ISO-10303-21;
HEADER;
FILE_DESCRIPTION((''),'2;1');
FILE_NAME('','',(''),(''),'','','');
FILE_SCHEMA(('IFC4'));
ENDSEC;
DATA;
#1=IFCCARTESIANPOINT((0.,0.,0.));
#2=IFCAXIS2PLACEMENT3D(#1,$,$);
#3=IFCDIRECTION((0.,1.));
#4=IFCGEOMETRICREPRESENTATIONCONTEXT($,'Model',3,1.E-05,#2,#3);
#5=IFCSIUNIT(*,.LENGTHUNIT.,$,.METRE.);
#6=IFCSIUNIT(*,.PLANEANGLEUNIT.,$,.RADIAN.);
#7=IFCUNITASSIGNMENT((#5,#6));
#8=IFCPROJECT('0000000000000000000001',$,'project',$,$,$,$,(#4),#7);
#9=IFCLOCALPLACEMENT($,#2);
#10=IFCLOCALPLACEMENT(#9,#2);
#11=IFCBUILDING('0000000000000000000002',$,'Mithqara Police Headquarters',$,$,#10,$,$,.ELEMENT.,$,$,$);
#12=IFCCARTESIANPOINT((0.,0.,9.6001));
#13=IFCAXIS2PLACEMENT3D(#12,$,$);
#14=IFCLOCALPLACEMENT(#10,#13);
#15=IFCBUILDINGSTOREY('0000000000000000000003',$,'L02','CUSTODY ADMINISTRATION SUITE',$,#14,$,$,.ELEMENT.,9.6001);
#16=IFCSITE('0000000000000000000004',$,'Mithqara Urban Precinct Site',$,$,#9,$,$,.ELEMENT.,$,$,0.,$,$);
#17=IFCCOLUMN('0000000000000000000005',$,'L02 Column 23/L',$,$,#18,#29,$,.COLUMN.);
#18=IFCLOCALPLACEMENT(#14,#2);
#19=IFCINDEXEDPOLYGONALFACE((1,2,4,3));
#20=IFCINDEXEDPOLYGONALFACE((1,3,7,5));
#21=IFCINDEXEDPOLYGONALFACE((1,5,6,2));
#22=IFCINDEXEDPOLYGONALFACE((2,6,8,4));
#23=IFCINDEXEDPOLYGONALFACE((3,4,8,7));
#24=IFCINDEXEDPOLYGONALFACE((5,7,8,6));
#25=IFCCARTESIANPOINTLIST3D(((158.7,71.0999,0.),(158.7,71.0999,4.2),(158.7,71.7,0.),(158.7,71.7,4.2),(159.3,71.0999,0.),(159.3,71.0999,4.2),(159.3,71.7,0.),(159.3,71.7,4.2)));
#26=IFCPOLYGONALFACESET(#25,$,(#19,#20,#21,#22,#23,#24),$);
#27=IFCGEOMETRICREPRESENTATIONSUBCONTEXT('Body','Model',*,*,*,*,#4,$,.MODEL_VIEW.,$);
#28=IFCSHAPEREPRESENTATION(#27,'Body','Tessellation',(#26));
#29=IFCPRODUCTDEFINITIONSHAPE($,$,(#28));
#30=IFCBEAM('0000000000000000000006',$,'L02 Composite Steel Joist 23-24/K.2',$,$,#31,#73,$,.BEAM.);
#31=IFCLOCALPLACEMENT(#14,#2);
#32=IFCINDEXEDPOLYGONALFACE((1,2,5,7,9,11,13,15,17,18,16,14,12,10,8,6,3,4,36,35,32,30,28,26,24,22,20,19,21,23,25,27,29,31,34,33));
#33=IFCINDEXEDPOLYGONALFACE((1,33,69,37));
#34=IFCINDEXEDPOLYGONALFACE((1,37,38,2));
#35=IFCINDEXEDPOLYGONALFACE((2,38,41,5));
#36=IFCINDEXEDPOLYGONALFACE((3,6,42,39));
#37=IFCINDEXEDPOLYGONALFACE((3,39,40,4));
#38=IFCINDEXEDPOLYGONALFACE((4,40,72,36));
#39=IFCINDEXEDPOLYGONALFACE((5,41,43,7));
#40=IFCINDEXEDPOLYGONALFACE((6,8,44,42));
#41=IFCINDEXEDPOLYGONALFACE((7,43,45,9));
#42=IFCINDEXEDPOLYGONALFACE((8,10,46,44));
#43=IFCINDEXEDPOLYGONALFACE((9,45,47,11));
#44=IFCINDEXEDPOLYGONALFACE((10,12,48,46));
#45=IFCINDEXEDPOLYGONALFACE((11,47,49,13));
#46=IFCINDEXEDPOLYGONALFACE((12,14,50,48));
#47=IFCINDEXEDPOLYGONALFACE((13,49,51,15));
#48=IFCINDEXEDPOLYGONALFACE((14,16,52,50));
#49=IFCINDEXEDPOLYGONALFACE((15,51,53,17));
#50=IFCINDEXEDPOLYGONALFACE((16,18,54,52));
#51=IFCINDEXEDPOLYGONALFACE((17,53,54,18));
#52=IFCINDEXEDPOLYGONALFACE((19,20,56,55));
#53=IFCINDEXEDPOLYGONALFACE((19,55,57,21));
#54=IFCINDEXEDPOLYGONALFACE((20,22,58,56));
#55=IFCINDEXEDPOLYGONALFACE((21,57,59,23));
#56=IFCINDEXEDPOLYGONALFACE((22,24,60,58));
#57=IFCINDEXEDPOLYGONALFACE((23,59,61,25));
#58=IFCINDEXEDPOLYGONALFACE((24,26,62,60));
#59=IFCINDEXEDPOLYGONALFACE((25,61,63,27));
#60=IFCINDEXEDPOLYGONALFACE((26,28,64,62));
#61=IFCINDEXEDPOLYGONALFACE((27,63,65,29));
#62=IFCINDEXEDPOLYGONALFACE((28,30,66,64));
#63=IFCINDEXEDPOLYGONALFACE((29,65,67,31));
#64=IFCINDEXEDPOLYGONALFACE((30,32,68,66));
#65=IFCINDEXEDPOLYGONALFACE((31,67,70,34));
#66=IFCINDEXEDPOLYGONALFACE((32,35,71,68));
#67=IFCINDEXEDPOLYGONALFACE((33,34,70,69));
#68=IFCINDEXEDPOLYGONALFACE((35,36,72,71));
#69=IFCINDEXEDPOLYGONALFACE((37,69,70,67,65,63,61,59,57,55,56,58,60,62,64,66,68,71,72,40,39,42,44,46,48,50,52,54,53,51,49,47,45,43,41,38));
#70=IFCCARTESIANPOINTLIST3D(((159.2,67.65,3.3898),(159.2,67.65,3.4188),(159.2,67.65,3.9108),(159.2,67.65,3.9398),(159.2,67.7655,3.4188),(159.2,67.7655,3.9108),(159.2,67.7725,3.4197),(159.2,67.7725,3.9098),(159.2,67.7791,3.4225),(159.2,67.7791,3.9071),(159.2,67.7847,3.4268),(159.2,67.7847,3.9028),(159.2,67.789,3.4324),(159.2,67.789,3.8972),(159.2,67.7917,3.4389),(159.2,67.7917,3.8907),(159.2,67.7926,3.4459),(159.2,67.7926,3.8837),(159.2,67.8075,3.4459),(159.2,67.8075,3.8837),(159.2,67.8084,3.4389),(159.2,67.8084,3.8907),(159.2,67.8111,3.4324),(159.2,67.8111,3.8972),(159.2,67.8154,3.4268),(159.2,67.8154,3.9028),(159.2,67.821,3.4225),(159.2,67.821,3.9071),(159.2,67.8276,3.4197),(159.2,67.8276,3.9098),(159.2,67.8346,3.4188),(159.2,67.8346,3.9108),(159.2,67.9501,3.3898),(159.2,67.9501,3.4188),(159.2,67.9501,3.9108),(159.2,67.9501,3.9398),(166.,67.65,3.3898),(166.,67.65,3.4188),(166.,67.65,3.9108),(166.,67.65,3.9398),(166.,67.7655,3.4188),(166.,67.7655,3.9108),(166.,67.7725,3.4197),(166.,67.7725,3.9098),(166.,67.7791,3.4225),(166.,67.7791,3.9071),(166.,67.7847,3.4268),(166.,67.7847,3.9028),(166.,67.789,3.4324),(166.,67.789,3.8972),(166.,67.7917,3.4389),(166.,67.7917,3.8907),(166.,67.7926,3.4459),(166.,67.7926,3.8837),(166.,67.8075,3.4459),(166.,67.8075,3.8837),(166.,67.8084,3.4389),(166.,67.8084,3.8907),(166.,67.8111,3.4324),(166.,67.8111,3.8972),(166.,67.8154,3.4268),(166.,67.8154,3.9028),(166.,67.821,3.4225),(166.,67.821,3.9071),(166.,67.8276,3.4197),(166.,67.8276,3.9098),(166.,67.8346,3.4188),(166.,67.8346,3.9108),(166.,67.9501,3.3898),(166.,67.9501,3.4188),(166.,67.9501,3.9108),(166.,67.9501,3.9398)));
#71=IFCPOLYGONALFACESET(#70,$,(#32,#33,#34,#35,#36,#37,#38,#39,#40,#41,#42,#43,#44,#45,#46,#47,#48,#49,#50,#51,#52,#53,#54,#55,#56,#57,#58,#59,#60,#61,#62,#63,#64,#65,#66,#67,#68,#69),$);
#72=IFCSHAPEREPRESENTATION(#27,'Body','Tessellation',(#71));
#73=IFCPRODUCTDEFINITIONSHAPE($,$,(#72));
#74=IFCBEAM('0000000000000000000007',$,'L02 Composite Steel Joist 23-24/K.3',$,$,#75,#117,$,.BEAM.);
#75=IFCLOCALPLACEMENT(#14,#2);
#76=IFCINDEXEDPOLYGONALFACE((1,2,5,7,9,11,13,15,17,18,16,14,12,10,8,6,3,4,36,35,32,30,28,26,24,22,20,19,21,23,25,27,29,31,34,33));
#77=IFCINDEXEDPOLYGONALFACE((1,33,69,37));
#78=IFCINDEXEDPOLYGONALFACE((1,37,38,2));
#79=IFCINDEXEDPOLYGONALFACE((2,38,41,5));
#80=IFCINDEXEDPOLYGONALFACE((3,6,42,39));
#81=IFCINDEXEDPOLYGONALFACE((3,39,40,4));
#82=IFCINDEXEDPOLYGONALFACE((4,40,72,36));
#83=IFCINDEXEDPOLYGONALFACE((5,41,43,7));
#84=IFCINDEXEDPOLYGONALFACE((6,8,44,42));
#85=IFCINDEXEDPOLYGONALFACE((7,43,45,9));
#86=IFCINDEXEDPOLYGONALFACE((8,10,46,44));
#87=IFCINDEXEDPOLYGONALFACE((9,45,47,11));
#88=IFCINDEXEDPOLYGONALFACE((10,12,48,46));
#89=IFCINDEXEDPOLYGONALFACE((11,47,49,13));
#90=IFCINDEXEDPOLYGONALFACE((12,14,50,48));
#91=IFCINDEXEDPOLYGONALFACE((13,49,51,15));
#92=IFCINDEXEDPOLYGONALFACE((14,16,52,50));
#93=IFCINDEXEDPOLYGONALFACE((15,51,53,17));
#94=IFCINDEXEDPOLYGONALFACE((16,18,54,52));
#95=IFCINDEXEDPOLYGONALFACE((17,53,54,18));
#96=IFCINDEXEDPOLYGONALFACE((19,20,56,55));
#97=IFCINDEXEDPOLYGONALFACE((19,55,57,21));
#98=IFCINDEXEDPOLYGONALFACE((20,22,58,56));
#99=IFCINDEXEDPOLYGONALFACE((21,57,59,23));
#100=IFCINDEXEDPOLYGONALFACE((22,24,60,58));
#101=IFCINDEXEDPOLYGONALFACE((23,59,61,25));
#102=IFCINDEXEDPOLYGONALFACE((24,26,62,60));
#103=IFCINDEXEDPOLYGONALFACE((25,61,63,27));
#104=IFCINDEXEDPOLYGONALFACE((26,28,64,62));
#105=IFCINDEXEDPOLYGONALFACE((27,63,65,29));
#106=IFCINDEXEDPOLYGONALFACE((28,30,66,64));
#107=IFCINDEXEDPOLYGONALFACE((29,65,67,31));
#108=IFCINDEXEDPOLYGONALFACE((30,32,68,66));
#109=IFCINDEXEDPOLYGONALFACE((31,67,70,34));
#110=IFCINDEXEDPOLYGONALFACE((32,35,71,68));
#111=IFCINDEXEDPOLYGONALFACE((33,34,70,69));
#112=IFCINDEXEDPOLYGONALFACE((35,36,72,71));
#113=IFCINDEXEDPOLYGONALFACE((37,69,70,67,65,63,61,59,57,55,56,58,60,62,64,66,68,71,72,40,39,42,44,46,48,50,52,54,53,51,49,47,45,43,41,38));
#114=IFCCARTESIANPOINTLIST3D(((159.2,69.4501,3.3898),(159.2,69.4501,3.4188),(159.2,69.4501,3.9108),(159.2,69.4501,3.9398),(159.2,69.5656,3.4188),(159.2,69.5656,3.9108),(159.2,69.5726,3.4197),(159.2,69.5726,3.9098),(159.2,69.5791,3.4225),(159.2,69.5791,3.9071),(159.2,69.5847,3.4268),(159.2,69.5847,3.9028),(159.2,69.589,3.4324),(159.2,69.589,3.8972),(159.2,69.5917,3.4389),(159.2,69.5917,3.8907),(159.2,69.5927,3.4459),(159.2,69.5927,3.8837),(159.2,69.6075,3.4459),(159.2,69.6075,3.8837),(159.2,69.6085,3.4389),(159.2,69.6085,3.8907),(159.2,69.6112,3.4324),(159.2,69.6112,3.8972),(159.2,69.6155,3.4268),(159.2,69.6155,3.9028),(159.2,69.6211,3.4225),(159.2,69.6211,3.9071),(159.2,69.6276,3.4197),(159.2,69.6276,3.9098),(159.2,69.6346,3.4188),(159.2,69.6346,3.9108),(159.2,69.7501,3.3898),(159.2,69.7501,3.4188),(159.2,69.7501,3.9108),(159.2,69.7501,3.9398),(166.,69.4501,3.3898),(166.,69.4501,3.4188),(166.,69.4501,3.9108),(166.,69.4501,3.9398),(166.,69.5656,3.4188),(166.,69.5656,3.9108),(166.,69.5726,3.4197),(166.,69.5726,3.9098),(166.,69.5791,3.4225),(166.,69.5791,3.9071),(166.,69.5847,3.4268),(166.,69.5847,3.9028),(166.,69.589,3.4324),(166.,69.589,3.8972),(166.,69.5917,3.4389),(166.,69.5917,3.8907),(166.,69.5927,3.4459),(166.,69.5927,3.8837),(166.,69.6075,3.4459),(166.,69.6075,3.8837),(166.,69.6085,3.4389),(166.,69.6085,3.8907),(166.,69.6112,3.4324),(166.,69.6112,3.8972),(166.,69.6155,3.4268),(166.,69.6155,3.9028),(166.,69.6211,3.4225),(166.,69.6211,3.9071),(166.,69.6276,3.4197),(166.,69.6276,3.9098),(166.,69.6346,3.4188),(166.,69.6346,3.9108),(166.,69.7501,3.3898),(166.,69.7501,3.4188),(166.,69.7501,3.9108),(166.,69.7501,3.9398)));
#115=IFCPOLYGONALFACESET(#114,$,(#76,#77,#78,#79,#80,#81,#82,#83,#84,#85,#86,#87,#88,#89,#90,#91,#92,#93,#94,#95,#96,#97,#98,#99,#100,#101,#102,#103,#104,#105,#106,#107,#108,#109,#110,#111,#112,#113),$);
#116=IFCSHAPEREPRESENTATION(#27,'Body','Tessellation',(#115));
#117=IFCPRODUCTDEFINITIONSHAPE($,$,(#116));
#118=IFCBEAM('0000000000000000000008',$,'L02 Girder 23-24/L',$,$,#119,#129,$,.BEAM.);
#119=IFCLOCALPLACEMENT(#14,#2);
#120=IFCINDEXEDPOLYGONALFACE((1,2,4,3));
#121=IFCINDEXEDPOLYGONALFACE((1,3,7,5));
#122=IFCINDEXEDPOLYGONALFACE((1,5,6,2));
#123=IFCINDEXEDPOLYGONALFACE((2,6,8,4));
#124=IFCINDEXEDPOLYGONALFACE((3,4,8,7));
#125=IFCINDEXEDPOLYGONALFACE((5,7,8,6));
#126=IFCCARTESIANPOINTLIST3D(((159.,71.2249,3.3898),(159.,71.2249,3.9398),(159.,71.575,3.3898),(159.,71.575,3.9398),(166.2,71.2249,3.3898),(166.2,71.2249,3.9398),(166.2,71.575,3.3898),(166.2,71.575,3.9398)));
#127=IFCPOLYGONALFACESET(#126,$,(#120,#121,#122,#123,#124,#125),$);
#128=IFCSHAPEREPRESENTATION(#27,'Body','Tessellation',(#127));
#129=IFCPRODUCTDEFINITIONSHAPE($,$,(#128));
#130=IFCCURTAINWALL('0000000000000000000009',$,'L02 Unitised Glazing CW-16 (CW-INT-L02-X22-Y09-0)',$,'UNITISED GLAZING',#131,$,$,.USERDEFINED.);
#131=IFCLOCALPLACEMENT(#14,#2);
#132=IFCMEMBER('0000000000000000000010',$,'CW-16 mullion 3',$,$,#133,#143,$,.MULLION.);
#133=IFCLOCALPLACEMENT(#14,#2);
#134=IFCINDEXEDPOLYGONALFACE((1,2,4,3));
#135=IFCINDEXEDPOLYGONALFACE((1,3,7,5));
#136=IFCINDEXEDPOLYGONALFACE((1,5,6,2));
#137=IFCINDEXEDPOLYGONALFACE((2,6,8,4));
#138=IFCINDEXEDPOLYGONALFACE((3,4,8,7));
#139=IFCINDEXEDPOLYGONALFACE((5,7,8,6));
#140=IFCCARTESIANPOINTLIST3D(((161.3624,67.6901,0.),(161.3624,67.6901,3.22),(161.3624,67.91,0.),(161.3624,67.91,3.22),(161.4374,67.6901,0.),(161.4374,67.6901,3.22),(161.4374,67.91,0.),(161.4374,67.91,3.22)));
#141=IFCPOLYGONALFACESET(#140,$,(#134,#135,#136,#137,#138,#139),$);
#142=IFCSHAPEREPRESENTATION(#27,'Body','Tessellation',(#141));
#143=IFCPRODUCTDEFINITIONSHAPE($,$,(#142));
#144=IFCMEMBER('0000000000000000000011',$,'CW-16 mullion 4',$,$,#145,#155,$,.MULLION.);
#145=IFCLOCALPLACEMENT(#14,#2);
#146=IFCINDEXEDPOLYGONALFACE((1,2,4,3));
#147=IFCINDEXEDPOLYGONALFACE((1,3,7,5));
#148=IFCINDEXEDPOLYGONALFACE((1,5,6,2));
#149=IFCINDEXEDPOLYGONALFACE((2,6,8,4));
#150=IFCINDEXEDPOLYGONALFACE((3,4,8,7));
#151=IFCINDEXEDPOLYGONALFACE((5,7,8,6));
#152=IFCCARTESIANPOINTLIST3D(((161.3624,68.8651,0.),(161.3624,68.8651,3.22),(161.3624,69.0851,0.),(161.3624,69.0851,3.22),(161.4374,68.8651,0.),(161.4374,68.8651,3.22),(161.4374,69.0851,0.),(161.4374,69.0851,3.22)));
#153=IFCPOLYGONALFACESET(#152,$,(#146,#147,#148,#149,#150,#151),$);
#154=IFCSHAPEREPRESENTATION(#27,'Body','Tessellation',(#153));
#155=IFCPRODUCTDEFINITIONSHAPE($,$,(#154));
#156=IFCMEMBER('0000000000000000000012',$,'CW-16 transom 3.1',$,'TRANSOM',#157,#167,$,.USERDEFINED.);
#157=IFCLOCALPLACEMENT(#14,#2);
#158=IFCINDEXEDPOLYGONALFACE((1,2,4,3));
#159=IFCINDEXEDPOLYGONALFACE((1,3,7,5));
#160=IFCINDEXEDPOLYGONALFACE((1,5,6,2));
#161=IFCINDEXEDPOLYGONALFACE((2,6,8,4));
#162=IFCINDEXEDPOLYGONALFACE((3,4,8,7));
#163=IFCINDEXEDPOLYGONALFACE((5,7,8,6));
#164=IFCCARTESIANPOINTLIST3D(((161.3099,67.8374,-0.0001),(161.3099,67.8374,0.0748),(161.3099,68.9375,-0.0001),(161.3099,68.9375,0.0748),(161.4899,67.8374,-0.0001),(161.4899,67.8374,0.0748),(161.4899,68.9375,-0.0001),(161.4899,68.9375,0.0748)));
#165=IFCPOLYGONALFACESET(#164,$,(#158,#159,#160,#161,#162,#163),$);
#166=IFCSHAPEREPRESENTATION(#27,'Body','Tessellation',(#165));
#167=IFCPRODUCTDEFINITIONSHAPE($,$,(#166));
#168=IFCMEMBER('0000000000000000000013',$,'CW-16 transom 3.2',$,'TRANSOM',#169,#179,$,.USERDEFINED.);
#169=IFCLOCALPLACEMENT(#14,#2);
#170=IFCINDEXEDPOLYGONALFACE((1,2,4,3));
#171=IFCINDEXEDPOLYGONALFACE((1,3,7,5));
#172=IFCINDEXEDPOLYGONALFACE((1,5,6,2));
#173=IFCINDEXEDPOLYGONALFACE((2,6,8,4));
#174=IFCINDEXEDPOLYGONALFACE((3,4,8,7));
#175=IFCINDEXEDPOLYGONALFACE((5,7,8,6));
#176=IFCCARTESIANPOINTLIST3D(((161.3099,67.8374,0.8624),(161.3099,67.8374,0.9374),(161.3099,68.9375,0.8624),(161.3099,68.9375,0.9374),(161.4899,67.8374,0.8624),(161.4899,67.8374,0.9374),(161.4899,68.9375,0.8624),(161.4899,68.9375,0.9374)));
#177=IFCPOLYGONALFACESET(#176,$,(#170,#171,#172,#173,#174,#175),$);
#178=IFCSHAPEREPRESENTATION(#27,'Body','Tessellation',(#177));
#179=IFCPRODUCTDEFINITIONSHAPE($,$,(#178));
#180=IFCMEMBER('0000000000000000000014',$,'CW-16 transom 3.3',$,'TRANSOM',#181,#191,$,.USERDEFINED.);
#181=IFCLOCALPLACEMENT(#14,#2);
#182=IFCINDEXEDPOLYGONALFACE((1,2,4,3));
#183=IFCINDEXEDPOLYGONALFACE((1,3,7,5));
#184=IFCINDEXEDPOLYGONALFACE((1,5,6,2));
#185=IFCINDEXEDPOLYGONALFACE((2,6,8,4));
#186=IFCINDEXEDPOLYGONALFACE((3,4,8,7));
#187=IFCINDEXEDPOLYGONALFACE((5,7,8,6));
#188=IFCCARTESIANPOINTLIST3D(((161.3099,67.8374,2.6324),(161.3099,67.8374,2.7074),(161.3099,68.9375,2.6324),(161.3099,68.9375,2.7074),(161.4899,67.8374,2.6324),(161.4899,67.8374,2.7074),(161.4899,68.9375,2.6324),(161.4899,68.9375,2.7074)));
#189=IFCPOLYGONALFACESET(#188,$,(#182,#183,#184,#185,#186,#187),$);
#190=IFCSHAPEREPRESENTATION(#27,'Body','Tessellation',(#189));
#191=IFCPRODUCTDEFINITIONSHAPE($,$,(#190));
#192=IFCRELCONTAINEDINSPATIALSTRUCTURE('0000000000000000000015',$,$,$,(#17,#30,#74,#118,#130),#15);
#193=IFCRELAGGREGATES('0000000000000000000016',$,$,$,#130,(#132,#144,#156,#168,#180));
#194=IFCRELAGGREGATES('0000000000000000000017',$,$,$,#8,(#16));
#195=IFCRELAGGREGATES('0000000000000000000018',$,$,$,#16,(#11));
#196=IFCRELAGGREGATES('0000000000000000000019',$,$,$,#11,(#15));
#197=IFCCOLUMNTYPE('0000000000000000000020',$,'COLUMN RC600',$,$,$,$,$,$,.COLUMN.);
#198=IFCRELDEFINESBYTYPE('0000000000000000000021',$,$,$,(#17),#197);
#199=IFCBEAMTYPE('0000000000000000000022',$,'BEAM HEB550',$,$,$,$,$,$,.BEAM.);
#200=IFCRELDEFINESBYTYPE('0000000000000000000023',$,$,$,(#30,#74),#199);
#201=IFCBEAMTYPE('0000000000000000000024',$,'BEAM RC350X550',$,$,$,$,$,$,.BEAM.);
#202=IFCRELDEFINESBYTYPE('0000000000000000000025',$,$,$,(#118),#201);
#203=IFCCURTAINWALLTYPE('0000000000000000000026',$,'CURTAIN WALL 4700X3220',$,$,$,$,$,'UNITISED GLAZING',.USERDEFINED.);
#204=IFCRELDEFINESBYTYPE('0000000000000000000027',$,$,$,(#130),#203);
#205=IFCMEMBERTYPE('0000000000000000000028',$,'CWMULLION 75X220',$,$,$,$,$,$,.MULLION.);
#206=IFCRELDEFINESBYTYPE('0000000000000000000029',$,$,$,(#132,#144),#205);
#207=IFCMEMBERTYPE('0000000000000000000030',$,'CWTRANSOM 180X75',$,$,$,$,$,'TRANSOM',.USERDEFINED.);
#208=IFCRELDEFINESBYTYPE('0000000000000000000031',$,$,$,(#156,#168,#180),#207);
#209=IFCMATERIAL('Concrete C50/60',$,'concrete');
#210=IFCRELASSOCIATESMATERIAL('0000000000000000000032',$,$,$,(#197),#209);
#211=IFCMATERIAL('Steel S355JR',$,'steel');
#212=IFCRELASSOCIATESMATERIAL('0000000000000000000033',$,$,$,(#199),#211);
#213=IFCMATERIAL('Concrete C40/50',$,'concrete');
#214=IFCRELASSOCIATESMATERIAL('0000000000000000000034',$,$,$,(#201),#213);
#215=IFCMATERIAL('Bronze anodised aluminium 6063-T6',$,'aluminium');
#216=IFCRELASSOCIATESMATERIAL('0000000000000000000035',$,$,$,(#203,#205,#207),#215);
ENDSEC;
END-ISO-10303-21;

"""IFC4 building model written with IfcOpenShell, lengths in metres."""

from ifc_helpers import new_model, si_unit, direction, frame, origin, origin_2d, place, context, subcontext, project, spatial, rectangle, i_section, extrude, material, material_profile, profile_set, type_object, element, aggregate, save


model = new_model("IFC4")

# Units and contexts
model_context = context("Model", 3, precision=1e-05, world=origin(), true_north=direction((0.0, 1.0)))
body_context = subcontext(model_context, "Body", "Model", "MODEL_VIEW")
ifc_project = project(units=[si_unit("LENGTHUNIT", "METRE"), si_unit("PLANEANGLEUNIT", "RADIAN")], contexts=[model_context])

# Site, building, storey
site_placement = place(None, origin())
site = spatial("IfcSite", under=ifc_project, at=site_placement, Name="Mithqara Urban Precinct Site", CompositionType="ELEMENT", RefElevation=0.0)
building_placement = place(site_placement, origin())
building = spatial("IfcBuilding", under=site, at=building_placement, Name="Mithqara Police Headquarters", CompositionType="ELEMENT")
storey_placement = place(building_placement, frame((0.0, 0.0, 9.6001)))
storey = spatial("IfcBuildingStorey", under=building, at=storey_placement, Name="L02", Description="CUSTODY ADMINISTRATION SUITE", CompositionType="ELEMENT", Elevation=9.6001)

# Column
ifc_material_1 = material(Name="Concrete C50/60", Category="concrete")
ifc_material_profile_1 = material_profile(ifc_material_1, rectangle(XDim=0.6001, YDim=0.6001, at=origin_2d()), Name="RC 600x600")
ifc_profile_set_1 = profile_set([ifc_material_profile_1], Name="Concrete C50/60")
column_type = type_object("IfcColumnType", Name="COLUMN RC600", PredefinedType="COLUMN", material=ifc_profile_set_1)
column_placement = place(storey_placement, frame((159.0, 71.3999, 0.0), z_axis=(0.0, 0.0, 1.0), x_axis=(1.0, 0.0, 0.0)))
element("IfcColumn", 1, at=column_placement, inside=storey, type_object=column_type, Name="L02 Column 23/L", PredefinedType="COLUMN", context=body_context, shape_type="SweptSolid", body=[
    extrude(rectangle(XDim=0.6001, YDim=0.6001, at=origin_2d()), origin(), (0.0, 0.0, 1.0), 4.2),
])

# Beams
ifc_material_2 = material(Name="Steel S355JR", Category="steel")
ifc_material_profile_2 = material_profile(ifc_material_2, i_section(OverallWidth=0.3, OverallDepth=0.55, WebThickness=0.0149, FlangeThickness=0.0291, FilletRadius=0.0271, at=origin_2d()), Name="HEB 550")
ifc_profile_set_2 = profile_set([ifc_material_profile_2], Name="Steel S355JR")
beam_type_1 = type_object("IfcBeamType", Name="BEAM HEB550", PredefinedType="BEAM", material=ifc_profile_set_2)
for number, where, z_axis, x_axis, name in (
    (2, (159.2, 67.8, 3.6648), (1.0, 0.0, 0.0), (0.0, 1.0, 0.0), "L02 Composite Steel Joist 23-24/K.2"),
    (3, (159.2, 69.6001, 3.6648), (1.0, 0.0, 0.0), (0.0, 1.0, 0.0), "L02 Composite Steel Joist 23-24/K.3"),
):
    element("IfcBeam", number, at=place(storey_placement, frame(where, z_axis=z_axis, x_axis=x_axis)), inside=storey, type_object=beam_type_1, Name=name, PredefinedType="BEAM", context=body_context, shape_type="SweptSolid", body=[
        extrude(i_section(OverallWidth=0.3, OverallDepth=0.55, WebThickness=0.0149, FlangeThickness=0.0291, FilletRadius=0.0271, at=origin_2d()), origin(), (0.0, 0.0, 1.0), 6.8),
    ])
ifc_material_3 = material(Name="Concrete C40/50", Category="concrete")
ifc_material_profile_3 = material_profile(ifc_material_3, rectangle(XDim=0.3501, YDim=0.55, at=origin_2d()), Name="RC 350x550")
ifc_profile_set_3 = profile_set([ifc_material_profile_3], Name="Concrete C40/50")
beam_type_2 = type_object("IfcBeamType", Name="BEAM RC350X550", PredefinedType="BEAM", material=ifc_profile_set_3)
beam_placement = place(storey_placement, frame((159.0, 71.3999, 3.6648), z_axis=(1.0, 0.0, 0.0), x_axis=(0.0, 1.0, 0.0)))
element("IfcBeam", 4, at=beam_placement, inside=storey, type_object=beam_type_2, Name="L02 Girder 23-24/L", PredefinedType="BEAM", context=body_context, shape_type="SweptSolid", body=[
    extrude(rectangle(XDim=0.3501, YDim=0.55, at=origin_2d()), origin(), (0.0, 0.0, 1.0), 7.2),
])

# Curtain wall, members
ifc_material_4 = material(Name="Bronze anodised aluminium 6063-T6", Category="aluminium")
curtain_wall_type = type_object("IfcCurtainWallType", Name="CURTAIN WALL 4700X3220", ElementType="UNITISED GLAZING", PredefinedType="USERDEFINED", material=ifc_material_4)
curtain_wall_placement = place(storey_placement, origin())
curtain_wall = element("IfcCurtainWall", 5, at=curtain_wall_placement, inside=storey, type_object=curtain_wall_type, Name="L02 Unitised Glazing CW-16 (CW-INT-L02-X22-Y09-0)", ObjectType="UNITISED GLAZING", PredefinedType="USERDEFINED")
ifc_material_profile_4 = material_profile(ifc_material_4, rectangle(XDim=0.075, YDim=0.22, at=origin_2d()), Name="CWM 75x220")
ifc_profile_set_4 = profile_set([ifc_material_profile_4], Name="Bronze anodised aluminium 6063-T6")
member_type_1 = type_object("IfcMemberType", Name="CWMULLION 75X220", PredefinedType="MULLION", material=ifc_profile_set_4)
member_1_placement = place(storey_placement, frame((161.3999, 67.8, 0.0), z_axis=(0.0, 0.0, 1.0), x_axis=(-1.0, 0.0, 0.0)))
member_1 = element("IfcMember", 6, at=member_1_placement, type_object=member_type_1, Name="CW-16 mullion 3", PredefinedType="MULLION", context=body_context, shape_type="SweptSolid", body=[
    extrude(rectangle(XDim=0.075, YDim=0.22, at=origin_2d()), origin(), (0.0, 0.0, 1.0), 3.22),
])
member_2_placement = place(storey_placement, frame((161.3999, 68.9751, 0.0), z_axis=(0.0, 0.0, 1.0), x_axis=(-1.0, 0.0, 0.0)))
member_2 = element("IfcMember", 7, at=member_2_placement, type_object=member_type_1, Name="CW-16 mullion 4", PredefinedType="MULLION", context=body_context, shape_type="SweptSolid", body=[
    extrude(rectangle(XDim=0.075, YDim=0.22, at=origin_2d()), origin(), (0.0, 0.0, 1.0), 3.22),
])
ifc_material_profile_5 = material_profile(ifc_material_4, rectangle(XDim=0.1799, YDim=0.075, at=origin_2d()), Name="CWT 180x75")
ifc_profile_set_5 = profile_set([ifc_material_profile_5], Name="Bronze anodised aluminium 6063-T6")
member_type_2 = type_object("IfcMemberType", Name="CWTRANSOM 180X75", ElementType="TRANSOM", PredefinedType="USERDEFINED", material=ifc_profile_set_5)
member_3_placement = place(storey_placement, frame((161.3999, 67.8374, 0.0374), z_axis=(0.0, 1.0, 0.0), x_axis=(-1.0, 0.0, 0.0)))
member_3 = element("IfcMember", 8, at=member_3_placement, type_object=member_type_2, Name="CW-16 transom 3.1", ObjectType="TRANSOM", PredefinedType="USERDEFINED", context=body_context, shape_type="SweptSolid", body=[
    extrude(rectangle(XDim=0.1799, YDim=0.075, at=origin_2d()), origin(), (0.0, 0.0, 1.0), 1.1001),
])
member_4_placement = place(storey_placement, frame((161.3999, 67.8374, 0.8999), z_axis=(0.0, 1.0, 0.0), x_axis=(-1.0, 0.0, 0.0)))
member_4 = element("IfcMember", 9, at=member_4_placement, type_object=member_type_2, Name="CW-16 transom 3.2", ObjectType="TRANSOM", PredefinedType="USERDEFINED", context=body_context, shape_type="SweptSolid", body=[
    extrude(rectangle(XDim=0.1799, YDim=0.075, at=origin_2d()), origin(), (0.0, 0.0, 1.0), 1.1001),
])
member_5_placement = place(storey_placement, frame((161.3999, 67.8374, 2.6699), z_axis=(0.0, 1.0, 0.0), x_axis=(-1.0, 0.0, 0.0)))
member_5 = element("IfcMember", 10, at=member_5_placement, type_object=member_type_2, Name="CW-16 transom 3.3", ObjectType="TRANSOM", PredefinedType="USERDEFINED", context=body_context, shape_type="SweptSolid", body=[
    extrude(rectangle(XDim=0.1799, YDim=0.075, at=origin_2d()), origin(), (0.0, 0.0, 1.0), 1.1001),
])
aggregate(curtain_wall, [member_1, member_2, member_3, member_4, member_5])

save(model, "model.ifc")
